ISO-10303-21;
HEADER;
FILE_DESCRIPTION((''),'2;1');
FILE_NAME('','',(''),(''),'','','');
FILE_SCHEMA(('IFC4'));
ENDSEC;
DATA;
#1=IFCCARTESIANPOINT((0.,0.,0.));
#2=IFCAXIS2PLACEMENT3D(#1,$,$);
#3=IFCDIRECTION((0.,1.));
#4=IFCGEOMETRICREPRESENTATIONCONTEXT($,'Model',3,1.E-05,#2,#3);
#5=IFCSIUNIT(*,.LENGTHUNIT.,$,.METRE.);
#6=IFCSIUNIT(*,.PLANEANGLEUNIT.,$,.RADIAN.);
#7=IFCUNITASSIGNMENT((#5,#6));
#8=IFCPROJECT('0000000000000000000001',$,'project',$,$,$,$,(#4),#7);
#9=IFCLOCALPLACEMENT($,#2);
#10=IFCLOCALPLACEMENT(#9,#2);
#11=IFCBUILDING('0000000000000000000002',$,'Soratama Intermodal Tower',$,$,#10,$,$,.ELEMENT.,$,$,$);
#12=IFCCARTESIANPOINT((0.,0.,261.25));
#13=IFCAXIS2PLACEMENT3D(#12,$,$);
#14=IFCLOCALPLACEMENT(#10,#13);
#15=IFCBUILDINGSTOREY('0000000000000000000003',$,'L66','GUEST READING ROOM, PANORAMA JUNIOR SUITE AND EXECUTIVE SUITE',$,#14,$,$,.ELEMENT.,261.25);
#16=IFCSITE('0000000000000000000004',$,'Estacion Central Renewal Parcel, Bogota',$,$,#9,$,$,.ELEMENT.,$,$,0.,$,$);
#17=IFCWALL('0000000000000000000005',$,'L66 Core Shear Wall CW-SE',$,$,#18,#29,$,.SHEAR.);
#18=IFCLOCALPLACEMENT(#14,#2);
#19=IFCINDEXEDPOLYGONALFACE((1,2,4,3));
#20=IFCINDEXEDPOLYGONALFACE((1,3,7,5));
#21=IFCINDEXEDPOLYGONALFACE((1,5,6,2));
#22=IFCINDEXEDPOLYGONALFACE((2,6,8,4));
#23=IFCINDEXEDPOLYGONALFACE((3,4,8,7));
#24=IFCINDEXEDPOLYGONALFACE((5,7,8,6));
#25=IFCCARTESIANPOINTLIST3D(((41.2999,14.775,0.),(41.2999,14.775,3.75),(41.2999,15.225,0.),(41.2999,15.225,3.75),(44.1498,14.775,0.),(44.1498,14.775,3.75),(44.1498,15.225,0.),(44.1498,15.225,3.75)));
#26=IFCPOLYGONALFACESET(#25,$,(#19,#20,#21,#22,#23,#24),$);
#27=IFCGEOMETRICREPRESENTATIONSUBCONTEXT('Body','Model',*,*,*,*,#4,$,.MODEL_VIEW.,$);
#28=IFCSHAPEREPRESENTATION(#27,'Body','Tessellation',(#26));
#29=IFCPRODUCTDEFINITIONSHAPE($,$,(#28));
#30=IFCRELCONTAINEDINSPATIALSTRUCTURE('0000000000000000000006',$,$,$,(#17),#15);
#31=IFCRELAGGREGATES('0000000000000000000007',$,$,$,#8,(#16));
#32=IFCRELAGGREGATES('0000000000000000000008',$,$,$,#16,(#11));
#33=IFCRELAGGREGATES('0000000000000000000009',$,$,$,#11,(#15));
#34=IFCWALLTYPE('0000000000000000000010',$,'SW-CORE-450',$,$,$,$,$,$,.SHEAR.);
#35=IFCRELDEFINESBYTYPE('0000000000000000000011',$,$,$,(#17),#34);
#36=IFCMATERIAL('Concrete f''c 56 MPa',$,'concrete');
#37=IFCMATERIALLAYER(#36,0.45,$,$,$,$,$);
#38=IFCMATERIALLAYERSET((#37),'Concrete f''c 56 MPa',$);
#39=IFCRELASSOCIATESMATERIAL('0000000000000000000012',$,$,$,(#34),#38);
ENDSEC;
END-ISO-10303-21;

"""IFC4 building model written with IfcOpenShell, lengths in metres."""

from ifc_helpers import new_model, si_unit, direction, frame, frame_2d, origin, place, context, subcontext, project, spatial, rectangle, extrude, material, layer, layer_set, type_object, element, save


model = new_model("IFC4")

# Units and contexts
model_context = context("Model", 3, precision=1e-05, world=origin(), true_north=direction((0.0, 1.0)))
body_context = subcontext(model_context, "Body", "Model", "MODEL_VIEW")
ifc_project = project(units=[si_unit("LENGTHUNIT", "METRE"), si_unit("PLANEANGLEUNIT", "RADIAN")], contexts=[model_context])

# Site, building, storey
site_placement = place(None, origin())
site = spatial("IfcSite", under=ifc_project, at=site_placement, Name="Estacion Central Renewal Parcel, Bogota", CompositionType="ELEMENT", RefElevation=0.0)
building_placement = place(site_placement, origin())
building = spatial("IfcBuilding", under=site, at=building_placement, Name="Soratama Intermodal Tower", CompositionType="ELEMENT")
storey_placement = place(building_placement, frame((0.0, 0.0, 261.25)))
storey = spatial("IfcBuildingStorey", under=building, at=storey_placement, Name="L66", Description="GUEST READING ROOM, PANORAMA JUNIOR SUITE AND EXECUTIVE SUITE", CompositionType="ELEMENT", Elevation=261.25)

# Wall
ifc_material_1 = material(Name="Concrete f'c 56 MPa", Category="concrete")
ifc_layer_1 = layer(ifc_material_1, 0.45)
ifc_layer_set_1 = layer_set([ifc_layer_1], Name="Concrete f'c 56 MPa")
wall_type_1 = type_object("IfcWallType", Name="SW-CORE-450", PredefinedType="SHEAR", material=ifc_layer_set_1)
wall_1_placement = place(storey_placement, frame((41.3, 15.0, 0.0), z_axis=(0.0, 0.0, 1.0), x_axis=(1.0, 0.0, 0.0)))
element("IfcWall", 1, at=wall_1_placement, inside=storey, type_object=wall_type_1, Name="L66 Core Shear Wall CW-SE", PredefinedType="SHEAR", context=body_context, shape_type="SweptSolid", body=[
    extrude(rectangle(XDim=2.8499, YDim=0.45, at=frame_2d((1.4248, 0.0))), origin(), (0.0, 0.0, 1.0), 3.75),
])

save(model, "model.ifc")
